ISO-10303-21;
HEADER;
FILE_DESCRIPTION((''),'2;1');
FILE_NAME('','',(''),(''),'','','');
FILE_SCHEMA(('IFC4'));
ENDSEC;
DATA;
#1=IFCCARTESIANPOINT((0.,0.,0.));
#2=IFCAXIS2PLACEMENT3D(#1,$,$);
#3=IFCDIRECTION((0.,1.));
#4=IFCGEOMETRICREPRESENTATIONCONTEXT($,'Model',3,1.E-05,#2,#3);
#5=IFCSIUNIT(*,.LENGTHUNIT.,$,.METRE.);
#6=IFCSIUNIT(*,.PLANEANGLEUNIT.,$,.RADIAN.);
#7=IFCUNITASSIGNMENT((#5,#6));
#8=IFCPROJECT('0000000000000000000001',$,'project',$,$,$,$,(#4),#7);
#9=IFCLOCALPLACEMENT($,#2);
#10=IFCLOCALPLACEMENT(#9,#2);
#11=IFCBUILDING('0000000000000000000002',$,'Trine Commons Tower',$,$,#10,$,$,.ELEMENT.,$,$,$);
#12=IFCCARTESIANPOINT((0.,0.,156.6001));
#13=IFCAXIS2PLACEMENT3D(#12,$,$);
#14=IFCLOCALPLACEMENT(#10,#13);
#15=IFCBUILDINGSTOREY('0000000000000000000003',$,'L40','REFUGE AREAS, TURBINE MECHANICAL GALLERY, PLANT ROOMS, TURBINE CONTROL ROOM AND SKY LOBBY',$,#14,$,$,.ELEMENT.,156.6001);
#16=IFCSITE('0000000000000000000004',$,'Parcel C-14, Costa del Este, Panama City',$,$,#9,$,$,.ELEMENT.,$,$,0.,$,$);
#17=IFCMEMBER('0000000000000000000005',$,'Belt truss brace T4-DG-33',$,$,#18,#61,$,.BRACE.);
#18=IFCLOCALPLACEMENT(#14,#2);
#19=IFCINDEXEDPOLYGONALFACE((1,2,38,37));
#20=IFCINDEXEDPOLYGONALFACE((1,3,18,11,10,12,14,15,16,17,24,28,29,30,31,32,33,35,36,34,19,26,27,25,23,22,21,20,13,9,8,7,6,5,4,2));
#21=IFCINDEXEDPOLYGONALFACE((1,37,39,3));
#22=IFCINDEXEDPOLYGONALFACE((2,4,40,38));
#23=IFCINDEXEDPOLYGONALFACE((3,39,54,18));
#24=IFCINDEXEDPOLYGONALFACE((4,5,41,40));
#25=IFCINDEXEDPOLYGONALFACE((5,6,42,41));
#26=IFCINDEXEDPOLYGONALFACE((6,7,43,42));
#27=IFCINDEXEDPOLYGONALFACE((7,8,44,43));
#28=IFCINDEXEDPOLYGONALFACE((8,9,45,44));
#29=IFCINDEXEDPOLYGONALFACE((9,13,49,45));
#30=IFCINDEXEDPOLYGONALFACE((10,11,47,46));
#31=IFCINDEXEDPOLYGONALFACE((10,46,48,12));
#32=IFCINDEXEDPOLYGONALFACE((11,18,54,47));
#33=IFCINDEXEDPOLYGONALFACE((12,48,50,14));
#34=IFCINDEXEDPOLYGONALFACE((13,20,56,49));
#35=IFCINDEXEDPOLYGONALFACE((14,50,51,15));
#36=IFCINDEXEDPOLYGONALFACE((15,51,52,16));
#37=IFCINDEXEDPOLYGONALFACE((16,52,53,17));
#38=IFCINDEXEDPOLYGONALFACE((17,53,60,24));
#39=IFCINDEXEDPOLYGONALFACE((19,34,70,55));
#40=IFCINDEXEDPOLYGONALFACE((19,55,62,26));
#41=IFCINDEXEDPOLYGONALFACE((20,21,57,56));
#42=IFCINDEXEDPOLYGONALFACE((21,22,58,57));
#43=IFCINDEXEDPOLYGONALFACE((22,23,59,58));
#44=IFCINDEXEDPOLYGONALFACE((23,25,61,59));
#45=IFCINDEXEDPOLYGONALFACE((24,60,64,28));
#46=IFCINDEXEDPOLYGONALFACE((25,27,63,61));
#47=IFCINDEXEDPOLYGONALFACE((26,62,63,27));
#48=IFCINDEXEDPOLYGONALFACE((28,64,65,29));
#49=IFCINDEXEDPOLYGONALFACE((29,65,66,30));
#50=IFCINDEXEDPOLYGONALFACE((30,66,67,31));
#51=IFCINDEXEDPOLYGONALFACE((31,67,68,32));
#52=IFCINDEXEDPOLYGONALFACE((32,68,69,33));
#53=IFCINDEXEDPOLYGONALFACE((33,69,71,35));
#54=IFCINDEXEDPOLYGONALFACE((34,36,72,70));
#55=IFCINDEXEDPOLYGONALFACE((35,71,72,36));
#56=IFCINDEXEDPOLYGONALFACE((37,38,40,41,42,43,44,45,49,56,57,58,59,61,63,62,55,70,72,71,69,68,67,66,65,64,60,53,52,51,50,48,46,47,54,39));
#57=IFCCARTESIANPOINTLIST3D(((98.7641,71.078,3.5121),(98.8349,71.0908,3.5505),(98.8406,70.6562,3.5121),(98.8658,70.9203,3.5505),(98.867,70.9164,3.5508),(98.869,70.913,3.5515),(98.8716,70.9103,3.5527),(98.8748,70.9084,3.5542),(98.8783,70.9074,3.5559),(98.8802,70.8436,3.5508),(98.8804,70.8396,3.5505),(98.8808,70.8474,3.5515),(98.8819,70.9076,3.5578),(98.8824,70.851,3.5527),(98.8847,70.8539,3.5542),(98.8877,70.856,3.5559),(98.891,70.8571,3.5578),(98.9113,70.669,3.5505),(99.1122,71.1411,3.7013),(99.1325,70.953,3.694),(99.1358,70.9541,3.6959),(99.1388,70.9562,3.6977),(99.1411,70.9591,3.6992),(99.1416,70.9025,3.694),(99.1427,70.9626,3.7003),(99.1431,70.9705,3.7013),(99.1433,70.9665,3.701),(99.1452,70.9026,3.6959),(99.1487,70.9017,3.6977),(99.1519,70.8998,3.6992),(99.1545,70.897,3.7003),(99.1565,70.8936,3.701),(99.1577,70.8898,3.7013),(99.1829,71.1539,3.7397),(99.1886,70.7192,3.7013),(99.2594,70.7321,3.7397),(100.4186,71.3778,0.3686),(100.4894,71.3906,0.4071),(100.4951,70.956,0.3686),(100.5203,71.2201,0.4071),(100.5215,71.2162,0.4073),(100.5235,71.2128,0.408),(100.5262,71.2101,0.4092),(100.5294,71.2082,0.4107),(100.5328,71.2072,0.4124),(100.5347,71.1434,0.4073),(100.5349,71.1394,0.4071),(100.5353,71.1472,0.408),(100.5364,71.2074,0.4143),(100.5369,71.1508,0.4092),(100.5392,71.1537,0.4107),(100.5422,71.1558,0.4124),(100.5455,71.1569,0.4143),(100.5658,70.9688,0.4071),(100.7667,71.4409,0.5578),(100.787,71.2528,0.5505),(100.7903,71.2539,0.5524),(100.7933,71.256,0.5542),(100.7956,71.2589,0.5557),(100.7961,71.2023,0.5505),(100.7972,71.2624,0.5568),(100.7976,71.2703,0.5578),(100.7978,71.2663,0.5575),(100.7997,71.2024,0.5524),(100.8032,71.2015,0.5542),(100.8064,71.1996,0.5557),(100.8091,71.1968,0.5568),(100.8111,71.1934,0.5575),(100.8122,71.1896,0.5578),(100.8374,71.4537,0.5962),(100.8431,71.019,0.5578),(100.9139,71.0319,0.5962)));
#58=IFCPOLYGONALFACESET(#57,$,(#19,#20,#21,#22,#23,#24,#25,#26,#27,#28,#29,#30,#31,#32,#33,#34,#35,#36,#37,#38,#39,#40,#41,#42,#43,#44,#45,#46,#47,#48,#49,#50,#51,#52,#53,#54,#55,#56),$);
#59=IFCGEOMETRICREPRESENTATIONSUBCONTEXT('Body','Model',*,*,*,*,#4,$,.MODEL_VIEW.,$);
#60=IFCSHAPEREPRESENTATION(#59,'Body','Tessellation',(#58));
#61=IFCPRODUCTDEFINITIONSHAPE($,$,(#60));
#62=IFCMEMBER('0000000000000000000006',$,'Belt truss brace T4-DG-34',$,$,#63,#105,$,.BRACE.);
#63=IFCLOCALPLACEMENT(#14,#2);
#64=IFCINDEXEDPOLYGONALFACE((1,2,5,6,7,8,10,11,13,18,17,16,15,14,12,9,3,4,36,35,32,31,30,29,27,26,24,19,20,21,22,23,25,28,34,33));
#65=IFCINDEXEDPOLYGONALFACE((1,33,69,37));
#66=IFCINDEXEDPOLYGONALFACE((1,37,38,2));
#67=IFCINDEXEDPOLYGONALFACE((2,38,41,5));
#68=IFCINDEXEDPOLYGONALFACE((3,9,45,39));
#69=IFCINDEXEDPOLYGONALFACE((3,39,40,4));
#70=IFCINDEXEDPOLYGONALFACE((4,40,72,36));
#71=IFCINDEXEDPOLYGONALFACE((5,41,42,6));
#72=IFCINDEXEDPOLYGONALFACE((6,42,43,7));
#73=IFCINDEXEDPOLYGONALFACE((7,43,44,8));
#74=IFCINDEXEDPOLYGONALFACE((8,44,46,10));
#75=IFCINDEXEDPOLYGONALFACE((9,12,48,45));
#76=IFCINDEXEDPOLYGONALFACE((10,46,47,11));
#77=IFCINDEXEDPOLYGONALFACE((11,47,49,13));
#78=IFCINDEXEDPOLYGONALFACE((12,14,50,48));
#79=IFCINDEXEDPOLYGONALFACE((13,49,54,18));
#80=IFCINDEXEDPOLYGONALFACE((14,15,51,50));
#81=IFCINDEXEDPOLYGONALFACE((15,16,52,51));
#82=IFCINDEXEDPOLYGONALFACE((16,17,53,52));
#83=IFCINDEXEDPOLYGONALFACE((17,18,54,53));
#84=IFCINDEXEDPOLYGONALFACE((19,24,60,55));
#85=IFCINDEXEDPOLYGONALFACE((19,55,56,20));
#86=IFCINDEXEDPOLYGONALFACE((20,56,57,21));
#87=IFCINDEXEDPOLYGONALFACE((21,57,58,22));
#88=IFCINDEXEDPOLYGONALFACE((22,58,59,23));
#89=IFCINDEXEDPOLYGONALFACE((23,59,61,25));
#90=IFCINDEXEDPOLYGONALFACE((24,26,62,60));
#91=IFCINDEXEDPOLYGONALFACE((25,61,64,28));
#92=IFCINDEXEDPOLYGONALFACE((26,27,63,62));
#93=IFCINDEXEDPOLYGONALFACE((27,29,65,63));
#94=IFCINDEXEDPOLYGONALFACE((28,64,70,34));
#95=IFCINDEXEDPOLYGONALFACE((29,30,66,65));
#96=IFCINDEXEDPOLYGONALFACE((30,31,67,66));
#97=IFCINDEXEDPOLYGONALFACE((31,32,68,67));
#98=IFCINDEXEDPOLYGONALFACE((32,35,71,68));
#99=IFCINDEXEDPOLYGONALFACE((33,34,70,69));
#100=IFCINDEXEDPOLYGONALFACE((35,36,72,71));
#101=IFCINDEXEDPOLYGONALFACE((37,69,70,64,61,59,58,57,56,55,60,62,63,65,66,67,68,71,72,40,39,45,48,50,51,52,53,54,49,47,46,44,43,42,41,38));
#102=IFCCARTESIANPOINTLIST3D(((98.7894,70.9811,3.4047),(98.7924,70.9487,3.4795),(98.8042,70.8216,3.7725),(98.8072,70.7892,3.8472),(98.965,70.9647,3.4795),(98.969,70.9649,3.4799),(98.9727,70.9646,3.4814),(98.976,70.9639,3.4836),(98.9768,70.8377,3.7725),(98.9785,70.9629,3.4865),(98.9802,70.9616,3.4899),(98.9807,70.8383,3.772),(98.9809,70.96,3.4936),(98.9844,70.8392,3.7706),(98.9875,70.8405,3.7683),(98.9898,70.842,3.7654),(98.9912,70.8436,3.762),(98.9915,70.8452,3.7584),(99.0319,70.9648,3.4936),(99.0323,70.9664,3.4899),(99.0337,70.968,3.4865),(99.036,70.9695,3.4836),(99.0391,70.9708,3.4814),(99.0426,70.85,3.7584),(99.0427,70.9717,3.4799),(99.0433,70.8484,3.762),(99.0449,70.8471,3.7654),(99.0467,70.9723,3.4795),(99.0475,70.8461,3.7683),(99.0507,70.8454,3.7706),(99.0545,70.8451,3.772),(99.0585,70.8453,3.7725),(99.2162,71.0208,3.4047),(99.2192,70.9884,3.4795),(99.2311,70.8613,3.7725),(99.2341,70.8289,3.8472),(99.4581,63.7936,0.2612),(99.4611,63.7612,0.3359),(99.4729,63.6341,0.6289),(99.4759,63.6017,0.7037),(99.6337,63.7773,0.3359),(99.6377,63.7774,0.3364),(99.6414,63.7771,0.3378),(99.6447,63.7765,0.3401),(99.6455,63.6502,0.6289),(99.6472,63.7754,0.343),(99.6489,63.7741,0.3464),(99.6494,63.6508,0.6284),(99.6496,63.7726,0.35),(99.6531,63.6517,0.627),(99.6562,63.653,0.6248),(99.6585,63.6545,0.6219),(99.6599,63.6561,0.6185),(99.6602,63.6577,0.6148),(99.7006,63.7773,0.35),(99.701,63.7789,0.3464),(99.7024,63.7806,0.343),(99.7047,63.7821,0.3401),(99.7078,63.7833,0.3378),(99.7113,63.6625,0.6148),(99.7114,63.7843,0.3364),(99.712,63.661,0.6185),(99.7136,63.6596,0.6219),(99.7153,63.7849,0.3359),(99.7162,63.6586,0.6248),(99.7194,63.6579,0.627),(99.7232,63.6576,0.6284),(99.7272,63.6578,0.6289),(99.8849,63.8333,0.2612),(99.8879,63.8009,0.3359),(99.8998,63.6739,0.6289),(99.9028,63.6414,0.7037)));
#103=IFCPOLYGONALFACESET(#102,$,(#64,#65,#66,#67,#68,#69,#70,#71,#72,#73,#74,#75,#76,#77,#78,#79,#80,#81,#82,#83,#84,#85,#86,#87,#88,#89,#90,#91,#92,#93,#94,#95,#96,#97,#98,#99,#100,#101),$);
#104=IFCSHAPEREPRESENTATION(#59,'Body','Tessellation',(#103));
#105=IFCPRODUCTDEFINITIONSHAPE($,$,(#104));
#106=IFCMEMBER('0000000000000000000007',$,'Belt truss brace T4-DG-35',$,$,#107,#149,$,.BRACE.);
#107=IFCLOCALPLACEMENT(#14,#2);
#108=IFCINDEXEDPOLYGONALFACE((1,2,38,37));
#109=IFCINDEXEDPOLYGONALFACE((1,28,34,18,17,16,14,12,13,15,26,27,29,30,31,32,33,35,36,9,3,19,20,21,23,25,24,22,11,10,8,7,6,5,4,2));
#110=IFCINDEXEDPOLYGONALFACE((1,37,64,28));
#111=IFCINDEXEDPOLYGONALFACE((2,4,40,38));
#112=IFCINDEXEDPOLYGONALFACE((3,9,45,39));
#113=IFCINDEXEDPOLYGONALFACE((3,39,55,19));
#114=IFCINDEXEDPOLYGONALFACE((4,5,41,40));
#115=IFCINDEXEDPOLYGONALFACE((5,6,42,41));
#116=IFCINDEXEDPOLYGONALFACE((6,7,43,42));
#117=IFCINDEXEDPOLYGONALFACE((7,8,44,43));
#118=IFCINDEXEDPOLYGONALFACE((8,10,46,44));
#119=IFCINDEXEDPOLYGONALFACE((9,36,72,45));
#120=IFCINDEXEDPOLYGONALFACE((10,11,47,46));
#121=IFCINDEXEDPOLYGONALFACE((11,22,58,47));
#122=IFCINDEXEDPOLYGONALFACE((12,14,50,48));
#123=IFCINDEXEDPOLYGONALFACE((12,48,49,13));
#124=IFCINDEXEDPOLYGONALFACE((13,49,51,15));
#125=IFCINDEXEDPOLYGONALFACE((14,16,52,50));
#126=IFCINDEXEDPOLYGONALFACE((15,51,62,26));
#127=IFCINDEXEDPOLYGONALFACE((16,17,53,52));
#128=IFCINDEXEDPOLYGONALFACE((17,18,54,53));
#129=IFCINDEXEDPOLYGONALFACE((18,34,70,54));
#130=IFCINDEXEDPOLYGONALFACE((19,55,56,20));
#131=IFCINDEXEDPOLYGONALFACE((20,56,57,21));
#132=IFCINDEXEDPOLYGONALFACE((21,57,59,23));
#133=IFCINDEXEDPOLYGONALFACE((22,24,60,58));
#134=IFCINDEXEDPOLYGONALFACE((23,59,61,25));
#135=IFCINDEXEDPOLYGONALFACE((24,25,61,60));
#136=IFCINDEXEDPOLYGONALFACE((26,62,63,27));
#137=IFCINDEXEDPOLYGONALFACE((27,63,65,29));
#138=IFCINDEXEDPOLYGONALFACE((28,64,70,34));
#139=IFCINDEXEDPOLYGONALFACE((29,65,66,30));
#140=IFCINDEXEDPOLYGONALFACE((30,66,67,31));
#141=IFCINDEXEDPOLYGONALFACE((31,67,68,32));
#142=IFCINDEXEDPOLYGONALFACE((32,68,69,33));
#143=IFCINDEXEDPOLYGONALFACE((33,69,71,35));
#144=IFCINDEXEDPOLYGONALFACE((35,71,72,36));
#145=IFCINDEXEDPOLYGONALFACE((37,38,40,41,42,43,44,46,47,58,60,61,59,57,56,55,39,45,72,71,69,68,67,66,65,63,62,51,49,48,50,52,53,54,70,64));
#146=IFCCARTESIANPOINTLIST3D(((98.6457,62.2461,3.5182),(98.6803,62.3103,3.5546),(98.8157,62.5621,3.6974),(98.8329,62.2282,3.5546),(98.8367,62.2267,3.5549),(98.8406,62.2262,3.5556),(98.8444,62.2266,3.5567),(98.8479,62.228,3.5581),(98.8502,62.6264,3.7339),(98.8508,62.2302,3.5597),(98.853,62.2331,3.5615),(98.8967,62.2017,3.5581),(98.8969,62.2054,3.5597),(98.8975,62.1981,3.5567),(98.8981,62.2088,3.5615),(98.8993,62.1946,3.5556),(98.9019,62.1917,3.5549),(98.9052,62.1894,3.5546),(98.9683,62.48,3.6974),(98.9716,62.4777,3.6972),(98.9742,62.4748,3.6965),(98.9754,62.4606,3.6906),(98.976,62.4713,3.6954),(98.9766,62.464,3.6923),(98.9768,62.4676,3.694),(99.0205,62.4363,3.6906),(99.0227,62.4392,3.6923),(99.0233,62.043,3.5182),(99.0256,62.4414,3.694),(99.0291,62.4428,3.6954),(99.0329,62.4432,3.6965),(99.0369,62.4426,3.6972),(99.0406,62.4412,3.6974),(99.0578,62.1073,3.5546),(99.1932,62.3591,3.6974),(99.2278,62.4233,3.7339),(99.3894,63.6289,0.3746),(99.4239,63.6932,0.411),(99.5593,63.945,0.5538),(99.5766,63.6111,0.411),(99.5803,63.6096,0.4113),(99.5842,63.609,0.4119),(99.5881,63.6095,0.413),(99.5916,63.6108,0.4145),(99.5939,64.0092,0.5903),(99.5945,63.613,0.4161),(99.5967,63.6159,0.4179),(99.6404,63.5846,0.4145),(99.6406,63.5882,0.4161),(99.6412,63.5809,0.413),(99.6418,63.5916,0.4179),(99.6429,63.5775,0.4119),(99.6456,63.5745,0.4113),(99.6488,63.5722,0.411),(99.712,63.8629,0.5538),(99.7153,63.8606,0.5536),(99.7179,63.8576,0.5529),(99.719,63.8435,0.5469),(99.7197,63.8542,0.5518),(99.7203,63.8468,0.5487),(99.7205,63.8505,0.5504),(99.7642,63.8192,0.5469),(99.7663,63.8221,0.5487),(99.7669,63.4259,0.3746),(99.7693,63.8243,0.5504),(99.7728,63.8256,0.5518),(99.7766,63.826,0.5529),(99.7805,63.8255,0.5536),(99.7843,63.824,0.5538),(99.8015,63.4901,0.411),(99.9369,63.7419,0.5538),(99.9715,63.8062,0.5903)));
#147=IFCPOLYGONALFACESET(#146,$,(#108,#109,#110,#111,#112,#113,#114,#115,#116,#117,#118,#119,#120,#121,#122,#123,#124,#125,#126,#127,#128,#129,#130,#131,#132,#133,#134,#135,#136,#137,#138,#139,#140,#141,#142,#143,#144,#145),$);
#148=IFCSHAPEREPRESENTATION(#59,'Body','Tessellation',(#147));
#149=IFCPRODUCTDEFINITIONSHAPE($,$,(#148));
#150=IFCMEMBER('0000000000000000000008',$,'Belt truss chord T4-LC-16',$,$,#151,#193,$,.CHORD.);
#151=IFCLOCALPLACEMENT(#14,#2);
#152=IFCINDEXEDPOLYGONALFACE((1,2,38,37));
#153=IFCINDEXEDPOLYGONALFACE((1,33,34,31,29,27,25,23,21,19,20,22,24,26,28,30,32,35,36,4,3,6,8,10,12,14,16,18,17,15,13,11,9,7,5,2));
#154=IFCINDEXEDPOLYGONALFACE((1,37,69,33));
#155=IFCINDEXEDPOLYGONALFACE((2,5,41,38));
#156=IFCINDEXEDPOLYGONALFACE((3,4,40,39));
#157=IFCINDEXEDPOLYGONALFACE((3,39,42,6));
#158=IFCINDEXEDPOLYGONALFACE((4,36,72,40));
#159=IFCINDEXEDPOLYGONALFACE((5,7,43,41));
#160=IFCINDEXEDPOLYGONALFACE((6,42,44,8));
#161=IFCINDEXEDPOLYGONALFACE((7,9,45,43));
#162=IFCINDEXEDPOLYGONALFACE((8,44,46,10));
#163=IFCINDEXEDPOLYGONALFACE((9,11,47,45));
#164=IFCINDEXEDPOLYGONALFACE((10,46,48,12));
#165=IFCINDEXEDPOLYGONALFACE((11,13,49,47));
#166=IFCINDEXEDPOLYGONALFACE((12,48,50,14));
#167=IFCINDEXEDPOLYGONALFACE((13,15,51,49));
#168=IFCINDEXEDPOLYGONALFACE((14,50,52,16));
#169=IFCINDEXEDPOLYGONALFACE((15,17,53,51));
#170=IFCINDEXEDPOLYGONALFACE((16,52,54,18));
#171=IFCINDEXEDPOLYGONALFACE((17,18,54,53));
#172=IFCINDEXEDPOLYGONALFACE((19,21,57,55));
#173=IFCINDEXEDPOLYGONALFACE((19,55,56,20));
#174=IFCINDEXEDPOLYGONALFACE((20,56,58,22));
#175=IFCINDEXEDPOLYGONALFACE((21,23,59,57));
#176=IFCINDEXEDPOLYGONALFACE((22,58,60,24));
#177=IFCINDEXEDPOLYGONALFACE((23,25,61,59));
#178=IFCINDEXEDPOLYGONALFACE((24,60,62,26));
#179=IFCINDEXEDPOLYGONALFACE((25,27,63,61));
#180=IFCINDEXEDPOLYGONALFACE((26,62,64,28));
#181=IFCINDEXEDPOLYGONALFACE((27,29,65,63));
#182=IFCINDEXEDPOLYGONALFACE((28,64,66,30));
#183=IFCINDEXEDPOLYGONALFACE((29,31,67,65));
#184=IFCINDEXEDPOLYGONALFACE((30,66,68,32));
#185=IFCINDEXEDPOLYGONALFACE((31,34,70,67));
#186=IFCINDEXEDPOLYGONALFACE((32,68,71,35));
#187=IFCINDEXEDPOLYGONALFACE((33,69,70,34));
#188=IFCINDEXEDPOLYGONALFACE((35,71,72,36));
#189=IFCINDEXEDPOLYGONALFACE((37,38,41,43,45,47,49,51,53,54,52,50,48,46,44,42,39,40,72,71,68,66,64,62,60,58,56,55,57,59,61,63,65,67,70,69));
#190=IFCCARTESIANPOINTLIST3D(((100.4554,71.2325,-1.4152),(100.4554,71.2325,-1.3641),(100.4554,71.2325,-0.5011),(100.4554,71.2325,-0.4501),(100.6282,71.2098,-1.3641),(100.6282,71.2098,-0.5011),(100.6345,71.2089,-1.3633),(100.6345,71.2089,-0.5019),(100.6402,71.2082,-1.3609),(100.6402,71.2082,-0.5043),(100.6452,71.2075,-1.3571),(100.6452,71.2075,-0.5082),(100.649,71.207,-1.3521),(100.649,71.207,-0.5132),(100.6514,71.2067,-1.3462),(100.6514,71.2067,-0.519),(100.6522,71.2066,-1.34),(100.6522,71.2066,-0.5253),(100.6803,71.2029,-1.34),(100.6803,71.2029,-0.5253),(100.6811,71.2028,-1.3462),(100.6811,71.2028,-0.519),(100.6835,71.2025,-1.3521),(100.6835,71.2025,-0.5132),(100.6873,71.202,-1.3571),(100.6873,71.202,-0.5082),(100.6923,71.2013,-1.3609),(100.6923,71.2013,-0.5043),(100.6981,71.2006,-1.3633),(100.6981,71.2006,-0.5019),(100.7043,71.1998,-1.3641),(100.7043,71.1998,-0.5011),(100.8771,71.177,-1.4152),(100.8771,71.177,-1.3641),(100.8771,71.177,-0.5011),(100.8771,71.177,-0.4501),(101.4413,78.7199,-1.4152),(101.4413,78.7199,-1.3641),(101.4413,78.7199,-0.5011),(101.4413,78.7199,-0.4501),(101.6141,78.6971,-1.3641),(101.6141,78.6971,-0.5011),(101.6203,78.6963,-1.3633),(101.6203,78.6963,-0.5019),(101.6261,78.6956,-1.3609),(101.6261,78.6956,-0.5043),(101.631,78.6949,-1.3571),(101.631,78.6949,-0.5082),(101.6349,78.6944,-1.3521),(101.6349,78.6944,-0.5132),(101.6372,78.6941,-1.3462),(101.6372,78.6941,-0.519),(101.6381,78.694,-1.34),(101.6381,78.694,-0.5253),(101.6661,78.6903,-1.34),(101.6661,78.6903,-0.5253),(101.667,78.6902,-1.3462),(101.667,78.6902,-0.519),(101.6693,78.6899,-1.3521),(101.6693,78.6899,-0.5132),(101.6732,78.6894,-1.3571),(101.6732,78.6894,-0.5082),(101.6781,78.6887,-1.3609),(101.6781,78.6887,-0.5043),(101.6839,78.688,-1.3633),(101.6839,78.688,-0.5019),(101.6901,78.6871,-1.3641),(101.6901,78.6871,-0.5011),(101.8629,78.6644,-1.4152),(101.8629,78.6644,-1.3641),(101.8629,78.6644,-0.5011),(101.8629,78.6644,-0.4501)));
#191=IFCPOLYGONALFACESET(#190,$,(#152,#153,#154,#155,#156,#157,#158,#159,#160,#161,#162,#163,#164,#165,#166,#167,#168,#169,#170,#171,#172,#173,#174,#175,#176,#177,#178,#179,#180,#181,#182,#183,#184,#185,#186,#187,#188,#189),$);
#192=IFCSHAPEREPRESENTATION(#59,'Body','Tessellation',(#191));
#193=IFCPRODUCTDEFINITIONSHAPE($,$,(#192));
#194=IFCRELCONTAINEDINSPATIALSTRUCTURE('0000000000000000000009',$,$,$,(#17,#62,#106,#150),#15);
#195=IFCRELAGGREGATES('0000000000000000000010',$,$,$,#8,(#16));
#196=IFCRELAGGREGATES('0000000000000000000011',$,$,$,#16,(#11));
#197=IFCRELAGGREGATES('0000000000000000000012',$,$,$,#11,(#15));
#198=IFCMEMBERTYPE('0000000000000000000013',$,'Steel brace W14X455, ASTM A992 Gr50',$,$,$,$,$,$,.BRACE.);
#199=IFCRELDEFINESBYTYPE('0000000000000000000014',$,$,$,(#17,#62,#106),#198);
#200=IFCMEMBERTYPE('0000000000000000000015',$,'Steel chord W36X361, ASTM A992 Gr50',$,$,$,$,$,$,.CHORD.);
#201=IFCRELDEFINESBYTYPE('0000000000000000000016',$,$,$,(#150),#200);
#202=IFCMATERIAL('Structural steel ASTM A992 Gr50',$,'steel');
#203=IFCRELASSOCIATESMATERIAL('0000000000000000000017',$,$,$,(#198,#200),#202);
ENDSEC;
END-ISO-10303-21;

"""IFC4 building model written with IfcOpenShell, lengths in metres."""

from ifc_helpers import new_model, si_unit, direction, frame, origin, origin_2d, place, context, subcontext, project, spatial, i_section, extrude, material, material_profile, profile_set, type_object, element, save


model = new_model("IFC4")

# Units and contexts
model_context = context("Model", 3, precision=1e-05, world=origin(), true_north=direction((0.0, 1.0)))
body_context = subcontext(model_context, "Body", "Model", "MODEL_VIEW")
ifc_project = project(units=[si_unit("LENGTHUNIT", "METRE"), si_unit("PLANEANGLEUNIT", "RADIAN")], contexts=[model_context])

# Site, building, storey
site_placement = place(None, origin())
site = spatial("IfcSite", under=ifc_project, at=site_placement, Name="Parcel C-14, Costa del Este, Panama City", CompositionType="ELEMENT", RefElevation=0.0)
building_placement = place(site_placement, origin())
building = spatial("IfcBuilding", under=site, at=building_placement, Name="Trine Commons Tower", CompositionType="ELEMENT")
storey_placement = place(building_placement, frame((0.0, 0.0, 156.6001)))
storey = spatial("IfcBuildingStorey", under=building, at=storey_placement, Name="L40", Description="REFUGE AREAS, TURBINE MECHANICAL GALLERY, PLANT ROOMS, TURBINE CONTROL ROOM AND SKY LOBBY", CompositionType="ELEMENT", Elevation=156.6001)

# Members
ifc_material_1 = material(Name="Structural steel ASTM A992 Gr50", Category="steel")
ifc_material_profile_1 = material_profile(ifc_material_1, i_section(OverallWidth=0.4287, OverallDepth=0.4827, WebThickness=0.0513, FlangeThickness=0.0815, FilletRadius=0.0154, at=origin_2d()), Name="W14X455")
ifc_profile_set_1 = profile_set([ifc_material_profile_1], Name="Structural steel ASTM A992 Gr50")
member_type_1 = type_object("IfcMemberType", Name="Steel brace W14X455, ASTM A992 Gr50", PredefinedType="BRACE", material=ifc_profile_set_1)
member_1_placement = place(storey_placement, frame((100.6663, 71.2048, 0.4824), z_axis=(-0.464105, -0.084096, 0.881779), x_axis=(0.178298, -0.983977, 0.0)))
element("IfcMember", 1, at=member_1_placement, inside=storey, type_object=member_type_1, Name="Belt truss brace T4-DG-33", PredefinedType="BRACE", context=body_context, shape_type="SweptSolid", body=[
    extrude(i_section(OverallWidth=0.4287, OverallDepth=0.4827, WebThickness=0.0513, FlangeThickness=0.0815, FilletRadius=0.0154, at=origin_2d()), origin(), (0.0, 0.0, 1.0), 3.5649),
])
member_2_placement = place(storey_placement, frame((99.6804, 63.7175, 0.4824), z_axis=(-0.084932, 0.912893, 0.399266), x_axis=(-0.9957, -0.092637, 0.0)))
element("IfcMember", 2, at=member_2_placement, inside=storey, type_object=member_type_1, Name="Belt truss brace T4-DG-34", PredefinedType="BRACE", context=body_context, shape_type="SweptSolid", body=[
    extrude(i_section(OverallWidth=0.4287, OverallDepth=0.4827, WebThickness=0.0513, FlangeThickness=0.0815, FilletRadius=0.0154, at=origin_2d()), origin(), (0.0, 0.0, 1.0), 7.8733),
])
member_3_placement = place(storey_placement, frame((99.6804, 63.7175, 0.4824), z_axis=(-0.211635, -0.393532, 0.894619), x_axis=(0.880721, -0.473636, 0.0)))
element("IfcMember", 3, at=member_3_placement, inside=storey, type_object=member_type_1, Name="Belt truss brace T4-DG-35", PredefinedType="BRACE", context=body_context, shape_type="SweptSolid", body=[
    extrude(i_section(OverallWidth=0.4287, OverallDepth=0.4827, WebThickness=0.0513, FlangeThickness=0.0815, FilletRadius=0.0154, at=origin_2d()), origin(), (0.0, 0.0, 1.0), 3.5139),
])
ifc_material_profile_2 = material_profile(ifc_material_1, i_section(OverallWidth=0.4253, OverallDepth=0.9651, WebThickness=0.0283, FlangeThickness=0.051, FilletRadius=0.0242, at=origin_2d()), Name="W36X361")
ifc_profile_set_2 = profile_set([ifc_material_profile_2], Name="Structural steel ASTM A992 Gr50")
member_type_2 = type_object("IfcMemberType", Name="Steel chord W36X361, ASTM A992 Gr50", PredefinedType="CHORD", material=ifc_profile_set_2)
for number, where, z_axis, x_axis, name in (
    (4, (101.6521, 78.6921, -0.9326), (-0.130541, -0.991443, 0.0), (0.991443, -0.130541, 0.0), "Belt truss chord T4-LC-16"),
):
    element("IfcMember", number, at=place(storey_placement, frame(where, z_axis=z_axis, x_axis=x_axis)), inside=storey, type_object=member_type_2, Name=name, PredefinedType="CHORD", context=body_context, shape_type="SweptSolid", body=[
        extrude(i_section(OverallWidth=0.4253, OverallDepth=0.9651, WebThickness=0.0283, FlangeThickness=0.051, FilletRadius=0.0242, at=origin_2d()), origin(), (0.0, 0.0, 1.0), 7.552),
    ])

save(model, "model.ifc")
